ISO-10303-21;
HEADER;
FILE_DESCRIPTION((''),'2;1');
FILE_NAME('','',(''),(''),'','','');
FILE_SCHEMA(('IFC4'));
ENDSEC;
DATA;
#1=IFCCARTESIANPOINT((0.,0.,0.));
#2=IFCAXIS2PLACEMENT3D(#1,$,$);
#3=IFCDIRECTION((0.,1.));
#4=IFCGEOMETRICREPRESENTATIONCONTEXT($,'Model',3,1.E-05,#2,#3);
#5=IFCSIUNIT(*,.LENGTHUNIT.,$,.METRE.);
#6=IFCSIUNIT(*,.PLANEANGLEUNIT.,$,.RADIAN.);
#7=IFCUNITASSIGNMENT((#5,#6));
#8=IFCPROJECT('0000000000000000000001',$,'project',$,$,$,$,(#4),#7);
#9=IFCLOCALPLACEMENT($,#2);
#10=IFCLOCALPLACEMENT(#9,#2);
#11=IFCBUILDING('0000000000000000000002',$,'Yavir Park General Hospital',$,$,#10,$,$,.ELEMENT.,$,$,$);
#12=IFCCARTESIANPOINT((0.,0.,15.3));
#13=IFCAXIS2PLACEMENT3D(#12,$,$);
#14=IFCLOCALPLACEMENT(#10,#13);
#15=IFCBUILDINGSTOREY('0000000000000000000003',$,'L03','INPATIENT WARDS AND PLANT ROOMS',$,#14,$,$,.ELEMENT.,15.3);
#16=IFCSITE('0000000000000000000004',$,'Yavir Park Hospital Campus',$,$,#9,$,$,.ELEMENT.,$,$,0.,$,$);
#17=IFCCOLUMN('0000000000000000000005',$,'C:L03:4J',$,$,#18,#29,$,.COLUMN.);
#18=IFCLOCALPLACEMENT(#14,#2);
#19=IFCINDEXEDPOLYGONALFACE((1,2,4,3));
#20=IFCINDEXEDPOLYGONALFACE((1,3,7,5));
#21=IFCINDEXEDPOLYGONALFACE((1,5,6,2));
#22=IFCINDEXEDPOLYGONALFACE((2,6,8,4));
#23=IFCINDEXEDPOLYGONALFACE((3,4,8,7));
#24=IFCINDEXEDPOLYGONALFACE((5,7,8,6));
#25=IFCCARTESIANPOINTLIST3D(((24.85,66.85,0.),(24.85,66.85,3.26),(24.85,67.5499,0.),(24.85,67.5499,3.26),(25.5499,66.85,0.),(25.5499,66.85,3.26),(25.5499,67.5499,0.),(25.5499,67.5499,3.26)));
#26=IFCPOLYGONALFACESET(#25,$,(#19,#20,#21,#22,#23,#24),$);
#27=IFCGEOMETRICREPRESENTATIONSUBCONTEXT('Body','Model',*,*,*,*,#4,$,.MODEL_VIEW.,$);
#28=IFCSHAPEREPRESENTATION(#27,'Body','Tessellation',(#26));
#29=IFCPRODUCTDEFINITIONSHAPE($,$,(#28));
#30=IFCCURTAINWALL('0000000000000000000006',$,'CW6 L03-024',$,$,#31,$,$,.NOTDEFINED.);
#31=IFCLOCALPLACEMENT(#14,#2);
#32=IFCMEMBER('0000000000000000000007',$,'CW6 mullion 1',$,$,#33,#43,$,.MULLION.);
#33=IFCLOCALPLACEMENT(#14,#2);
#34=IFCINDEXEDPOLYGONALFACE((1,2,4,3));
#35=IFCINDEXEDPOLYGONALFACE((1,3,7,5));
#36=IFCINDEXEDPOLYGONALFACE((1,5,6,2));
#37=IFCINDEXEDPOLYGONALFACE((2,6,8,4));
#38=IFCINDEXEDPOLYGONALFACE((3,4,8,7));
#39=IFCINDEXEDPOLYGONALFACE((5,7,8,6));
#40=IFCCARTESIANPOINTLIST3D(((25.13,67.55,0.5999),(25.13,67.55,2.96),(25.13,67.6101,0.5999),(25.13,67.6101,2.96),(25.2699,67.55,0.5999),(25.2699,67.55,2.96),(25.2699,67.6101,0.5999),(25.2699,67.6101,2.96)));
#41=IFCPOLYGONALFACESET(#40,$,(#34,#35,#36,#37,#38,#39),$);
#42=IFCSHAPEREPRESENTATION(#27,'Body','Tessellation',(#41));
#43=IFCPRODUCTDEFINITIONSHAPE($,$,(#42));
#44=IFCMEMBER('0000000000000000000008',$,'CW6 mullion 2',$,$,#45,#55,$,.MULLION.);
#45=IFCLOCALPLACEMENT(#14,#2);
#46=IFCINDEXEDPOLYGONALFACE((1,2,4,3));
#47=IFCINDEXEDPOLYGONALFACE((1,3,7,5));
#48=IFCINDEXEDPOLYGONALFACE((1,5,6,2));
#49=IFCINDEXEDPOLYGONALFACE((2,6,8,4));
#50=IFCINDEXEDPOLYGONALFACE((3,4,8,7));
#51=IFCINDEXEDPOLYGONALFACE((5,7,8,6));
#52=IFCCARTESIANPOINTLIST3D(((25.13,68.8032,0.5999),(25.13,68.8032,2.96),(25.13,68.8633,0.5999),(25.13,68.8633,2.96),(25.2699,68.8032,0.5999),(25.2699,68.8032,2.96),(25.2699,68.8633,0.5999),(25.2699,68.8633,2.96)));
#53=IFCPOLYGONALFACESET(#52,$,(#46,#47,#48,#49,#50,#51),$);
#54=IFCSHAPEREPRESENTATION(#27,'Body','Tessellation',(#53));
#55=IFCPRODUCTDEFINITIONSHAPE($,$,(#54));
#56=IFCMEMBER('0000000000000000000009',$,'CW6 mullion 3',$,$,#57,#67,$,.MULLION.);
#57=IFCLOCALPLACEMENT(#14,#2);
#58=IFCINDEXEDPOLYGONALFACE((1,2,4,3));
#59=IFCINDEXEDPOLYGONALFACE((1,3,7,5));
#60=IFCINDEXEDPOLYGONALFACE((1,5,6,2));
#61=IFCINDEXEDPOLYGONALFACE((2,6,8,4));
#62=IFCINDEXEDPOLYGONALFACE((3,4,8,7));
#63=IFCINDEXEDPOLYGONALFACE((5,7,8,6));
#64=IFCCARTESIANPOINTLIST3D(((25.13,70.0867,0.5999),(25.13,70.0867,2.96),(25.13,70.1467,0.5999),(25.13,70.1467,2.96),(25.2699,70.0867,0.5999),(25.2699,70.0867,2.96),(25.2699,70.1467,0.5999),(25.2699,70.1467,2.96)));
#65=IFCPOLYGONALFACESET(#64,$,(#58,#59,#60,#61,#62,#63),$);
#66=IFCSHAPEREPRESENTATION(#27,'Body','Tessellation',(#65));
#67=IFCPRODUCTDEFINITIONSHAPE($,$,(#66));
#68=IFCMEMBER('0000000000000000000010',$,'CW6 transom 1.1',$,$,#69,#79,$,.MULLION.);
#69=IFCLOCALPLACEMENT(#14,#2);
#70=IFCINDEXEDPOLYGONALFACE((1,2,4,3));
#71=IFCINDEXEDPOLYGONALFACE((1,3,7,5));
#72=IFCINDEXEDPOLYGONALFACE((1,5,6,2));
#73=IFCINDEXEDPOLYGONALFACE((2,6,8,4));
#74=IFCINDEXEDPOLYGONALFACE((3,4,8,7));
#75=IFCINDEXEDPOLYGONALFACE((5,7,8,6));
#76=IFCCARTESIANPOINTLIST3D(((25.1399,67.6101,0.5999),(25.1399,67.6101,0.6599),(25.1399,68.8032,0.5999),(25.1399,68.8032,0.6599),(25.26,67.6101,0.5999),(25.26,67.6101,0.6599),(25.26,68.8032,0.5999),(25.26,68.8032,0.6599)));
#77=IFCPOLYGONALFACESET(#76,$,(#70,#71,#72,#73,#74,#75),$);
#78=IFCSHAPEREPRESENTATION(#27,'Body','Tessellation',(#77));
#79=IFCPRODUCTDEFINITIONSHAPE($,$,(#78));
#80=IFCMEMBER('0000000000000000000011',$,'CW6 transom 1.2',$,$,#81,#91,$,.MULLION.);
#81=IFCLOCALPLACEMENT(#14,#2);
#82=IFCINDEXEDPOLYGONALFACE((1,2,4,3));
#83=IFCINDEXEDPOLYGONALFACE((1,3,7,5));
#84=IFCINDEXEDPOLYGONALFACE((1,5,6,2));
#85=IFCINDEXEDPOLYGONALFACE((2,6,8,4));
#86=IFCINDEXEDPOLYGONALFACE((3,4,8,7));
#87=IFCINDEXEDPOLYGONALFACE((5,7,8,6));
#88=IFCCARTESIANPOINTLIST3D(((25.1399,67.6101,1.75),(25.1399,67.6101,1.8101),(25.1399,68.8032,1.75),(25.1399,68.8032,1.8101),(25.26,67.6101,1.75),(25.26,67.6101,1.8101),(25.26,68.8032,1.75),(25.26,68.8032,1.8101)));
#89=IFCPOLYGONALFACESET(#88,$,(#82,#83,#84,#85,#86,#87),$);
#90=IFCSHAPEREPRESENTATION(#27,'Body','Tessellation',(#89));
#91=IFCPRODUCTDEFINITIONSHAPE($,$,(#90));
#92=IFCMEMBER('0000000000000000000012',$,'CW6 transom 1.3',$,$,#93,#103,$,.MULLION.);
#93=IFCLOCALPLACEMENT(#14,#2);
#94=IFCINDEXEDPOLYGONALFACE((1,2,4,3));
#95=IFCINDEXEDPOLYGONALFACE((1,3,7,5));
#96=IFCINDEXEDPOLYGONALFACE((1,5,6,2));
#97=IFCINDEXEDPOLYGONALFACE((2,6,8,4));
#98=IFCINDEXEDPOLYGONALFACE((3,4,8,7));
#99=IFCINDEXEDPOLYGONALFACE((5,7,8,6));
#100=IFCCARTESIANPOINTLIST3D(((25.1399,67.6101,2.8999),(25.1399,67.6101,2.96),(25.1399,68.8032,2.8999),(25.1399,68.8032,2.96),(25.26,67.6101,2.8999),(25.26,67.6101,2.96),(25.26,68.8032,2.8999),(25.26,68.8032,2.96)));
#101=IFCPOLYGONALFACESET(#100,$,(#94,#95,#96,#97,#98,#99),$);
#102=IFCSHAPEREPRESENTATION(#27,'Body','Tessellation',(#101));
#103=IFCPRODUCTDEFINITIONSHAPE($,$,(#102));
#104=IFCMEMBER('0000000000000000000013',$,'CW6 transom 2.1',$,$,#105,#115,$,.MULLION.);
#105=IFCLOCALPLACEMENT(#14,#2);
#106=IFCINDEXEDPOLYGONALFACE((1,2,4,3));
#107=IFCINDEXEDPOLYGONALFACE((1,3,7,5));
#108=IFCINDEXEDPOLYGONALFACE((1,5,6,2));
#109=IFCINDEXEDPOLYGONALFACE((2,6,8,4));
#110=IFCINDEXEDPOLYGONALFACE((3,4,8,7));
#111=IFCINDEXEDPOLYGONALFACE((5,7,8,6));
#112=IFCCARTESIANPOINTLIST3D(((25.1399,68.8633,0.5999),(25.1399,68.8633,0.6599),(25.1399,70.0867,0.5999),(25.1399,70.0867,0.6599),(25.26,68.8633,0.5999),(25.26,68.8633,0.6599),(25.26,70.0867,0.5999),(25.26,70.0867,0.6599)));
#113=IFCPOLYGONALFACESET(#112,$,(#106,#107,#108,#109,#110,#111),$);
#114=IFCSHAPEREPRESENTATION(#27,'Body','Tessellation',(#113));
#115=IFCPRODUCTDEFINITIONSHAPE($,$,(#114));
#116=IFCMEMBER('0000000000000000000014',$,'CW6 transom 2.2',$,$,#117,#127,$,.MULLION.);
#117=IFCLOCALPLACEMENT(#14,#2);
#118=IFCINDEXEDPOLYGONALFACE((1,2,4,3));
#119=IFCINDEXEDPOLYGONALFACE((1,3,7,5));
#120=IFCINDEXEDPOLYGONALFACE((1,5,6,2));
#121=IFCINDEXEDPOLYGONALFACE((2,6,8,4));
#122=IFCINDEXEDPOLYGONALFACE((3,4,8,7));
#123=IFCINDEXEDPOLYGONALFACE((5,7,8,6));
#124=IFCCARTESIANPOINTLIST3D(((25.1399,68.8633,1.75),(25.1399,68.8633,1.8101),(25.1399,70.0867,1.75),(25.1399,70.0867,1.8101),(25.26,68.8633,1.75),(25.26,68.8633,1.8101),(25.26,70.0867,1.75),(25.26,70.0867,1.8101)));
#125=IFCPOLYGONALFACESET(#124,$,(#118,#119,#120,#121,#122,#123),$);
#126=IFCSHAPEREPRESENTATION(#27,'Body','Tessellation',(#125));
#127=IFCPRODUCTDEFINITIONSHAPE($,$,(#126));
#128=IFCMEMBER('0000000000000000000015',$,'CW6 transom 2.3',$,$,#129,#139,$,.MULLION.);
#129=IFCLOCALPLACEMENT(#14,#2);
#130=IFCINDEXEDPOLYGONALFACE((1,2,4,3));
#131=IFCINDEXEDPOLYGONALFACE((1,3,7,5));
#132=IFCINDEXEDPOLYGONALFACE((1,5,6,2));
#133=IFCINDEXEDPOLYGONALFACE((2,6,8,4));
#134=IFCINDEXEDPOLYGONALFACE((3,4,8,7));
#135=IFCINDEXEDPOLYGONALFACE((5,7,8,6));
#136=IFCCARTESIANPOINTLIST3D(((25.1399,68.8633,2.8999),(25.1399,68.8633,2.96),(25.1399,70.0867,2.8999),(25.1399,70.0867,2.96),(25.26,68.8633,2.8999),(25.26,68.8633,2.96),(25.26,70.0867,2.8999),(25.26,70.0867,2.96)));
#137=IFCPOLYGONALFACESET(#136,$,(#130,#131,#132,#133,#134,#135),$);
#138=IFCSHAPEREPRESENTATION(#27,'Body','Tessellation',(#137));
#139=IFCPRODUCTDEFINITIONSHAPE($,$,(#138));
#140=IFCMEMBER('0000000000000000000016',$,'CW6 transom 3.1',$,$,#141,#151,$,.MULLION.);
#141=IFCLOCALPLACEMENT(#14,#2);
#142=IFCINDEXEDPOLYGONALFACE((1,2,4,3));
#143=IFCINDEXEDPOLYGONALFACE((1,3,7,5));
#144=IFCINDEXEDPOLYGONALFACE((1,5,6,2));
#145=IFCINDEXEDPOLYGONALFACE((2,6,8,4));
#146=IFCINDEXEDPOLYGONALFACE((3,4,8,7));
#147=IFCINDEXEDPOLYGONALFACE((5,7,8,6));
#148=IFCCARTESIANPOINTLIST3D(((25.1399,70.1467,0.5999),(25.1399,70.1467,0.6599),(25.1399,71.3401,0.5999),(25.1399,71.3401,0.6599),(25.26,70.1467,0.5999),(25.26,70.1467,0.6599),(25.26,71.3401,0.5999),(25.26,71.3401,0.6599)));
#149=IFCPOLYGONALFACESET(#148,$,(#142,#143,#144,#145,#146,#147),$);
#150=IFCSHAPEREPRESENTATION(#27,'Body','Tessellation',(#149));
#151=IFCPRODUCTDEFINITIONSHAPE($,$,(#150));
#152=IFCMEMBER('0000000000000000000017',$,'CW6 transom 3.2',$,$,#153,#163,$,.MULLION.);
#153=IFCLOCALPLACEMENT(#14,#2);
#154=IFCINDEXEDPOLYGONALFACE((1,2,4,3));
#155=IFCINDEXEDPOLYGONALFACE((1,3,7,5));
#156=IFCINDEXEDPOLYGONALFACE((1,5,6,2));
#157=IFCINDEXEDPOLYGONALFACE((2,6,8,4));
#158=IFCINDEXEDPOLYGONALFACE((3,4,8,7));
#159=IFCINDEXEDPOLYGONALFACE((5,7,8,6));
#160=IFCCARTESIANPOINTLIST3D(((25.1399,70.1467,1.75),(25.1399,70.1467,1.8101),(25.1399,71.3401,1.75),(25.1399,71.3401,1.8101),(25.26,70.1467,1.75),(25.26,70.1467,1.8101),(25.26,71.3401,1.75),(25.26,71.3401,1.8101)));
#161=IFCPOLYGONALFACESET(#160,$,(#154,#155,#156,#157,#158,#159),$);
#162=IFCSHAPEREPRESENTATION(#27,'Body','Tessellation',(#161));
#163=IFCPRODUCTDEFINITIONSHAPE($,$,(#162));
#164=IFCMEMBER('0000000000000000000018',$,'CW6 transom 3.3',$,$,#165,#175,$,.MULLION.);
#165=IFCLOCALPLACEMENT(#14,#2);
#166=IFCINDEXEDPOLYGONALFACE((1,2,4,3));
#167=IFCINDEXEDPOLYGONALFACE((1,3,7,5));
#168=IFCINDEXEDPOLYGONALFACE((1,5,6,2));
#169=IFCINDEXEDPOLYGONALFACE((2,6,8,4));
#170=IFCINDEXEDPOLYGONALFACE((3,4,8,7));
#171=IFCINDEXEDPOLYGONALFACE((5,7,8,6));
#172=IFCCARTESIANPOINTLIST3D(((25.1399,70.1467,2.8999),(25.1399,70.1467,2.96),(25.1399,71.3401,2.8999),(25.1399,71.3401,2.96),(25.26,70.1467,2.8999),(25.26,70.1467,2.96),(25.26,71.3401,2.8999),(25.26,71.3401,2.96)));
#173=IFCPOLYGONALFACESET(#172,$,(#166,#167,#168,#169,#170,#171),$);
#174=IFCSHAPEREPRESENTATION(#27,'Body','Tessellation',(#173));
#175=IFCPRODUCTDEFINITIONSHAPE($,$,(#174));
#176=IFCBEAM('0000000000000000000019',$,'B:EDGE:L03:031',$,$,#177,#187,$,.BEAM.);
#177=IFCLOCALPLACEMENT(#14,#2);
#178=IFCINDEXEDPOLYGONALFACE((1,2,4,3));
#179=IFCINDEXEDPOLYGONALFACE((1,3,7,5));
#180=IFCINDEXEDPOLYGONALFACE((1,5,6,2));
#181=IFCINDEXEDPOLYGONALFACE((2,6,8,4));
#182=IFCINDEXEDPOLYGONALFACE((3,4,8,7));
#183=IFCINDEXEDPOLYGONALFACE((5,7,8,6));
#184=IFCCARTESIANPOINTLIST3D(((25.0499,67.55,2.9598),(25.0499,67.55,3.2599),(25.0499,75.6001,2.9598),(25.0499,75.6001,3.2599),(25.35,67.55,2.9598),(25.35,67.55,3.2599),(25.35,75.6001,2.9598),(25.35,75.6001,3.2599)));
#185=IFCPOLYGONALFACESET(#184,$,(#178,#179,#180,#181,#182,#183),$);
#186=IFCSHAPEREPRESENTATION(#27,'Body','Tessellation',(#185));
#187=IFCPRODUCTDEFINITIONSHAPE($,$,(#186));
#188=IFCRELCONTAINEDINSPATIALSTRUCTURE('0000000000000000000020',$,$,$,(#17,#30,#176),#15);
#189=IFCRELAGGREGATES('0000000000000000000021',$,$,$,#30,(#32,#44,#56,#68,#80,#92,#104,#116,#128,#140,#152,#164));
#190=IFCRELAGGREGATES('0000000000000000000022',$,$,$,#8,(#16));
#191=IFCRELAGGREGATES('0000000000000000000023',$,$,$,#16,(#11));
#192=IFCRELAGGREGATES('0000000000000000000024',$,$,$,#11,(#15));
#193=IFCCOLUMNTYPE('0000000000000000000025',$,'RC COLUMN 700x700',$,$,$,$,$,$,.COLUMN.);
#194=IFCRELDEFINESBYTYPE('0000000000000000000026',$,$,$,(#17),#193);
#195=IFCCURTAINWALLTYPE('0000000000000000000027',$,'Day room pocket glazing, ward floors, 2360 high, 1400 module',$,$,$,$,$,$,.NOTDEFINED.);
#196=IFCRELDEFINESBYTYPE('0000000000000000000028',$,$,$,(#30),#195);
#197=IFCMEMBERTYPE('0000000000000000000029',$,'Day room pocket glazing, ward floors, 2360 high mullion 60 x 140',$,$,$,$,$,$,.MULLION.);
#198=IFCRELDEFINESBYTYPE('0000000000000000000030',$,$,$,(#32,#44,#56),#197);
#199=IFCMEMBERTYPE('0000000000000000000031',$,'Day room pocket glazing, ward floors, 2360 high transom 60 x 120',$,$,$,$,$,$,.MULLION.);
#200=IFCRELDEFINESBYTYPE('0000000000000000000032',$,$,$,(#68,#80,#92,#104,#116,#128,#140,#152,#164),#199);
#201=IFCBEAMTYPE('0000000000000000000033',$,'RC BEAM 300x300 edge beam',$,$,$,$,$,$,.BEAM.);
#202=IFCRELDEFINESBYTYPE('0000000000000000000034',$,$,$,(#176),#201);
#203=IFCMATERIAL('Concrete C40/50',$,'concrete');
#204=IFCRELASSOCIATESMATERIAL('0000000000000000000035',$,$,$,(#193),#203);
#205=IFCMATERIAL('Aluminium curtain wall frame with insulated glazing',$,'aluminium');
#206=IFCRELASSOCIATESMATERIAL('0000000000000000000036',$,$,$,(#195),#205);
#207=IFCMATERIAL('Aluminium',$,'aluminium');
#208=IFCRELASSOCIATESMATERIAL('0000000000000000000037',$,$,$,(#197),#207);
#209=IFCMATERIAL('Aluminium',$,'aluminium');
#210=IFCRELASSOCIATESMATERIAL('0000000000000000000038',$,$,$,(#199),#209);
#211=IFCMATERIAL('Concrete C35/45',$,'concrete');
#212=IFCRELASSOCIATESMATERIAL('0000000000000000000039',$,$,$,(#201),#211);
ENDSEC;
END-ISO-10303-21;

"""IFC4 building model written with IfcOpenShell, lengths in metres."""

from ifc_helpers import new_model, si_unit, direction, frame, origin, origin_2d, place, context, subcontext, project, spatial, rectangle, extrude, material, material_profile, profile_set, type_object, element, aggregate, save


model = new_model("IFC4")

# Units and contexts
model_context = context("Model", 3, precision=1e-05, world=origin(), true_north=direction((0.0, 1.0)))
body_context = subcontext(model_context, "Body", "Model", "MODEL_VIEW")
ifc_project = project(units=[si_unit("LENGTHUNIT", "METRE"), si_unit("PLANEANGLEUNIT", "RADIAN")], contexts=[model_context])

# Site, building, storey
site_placement = place(None, origin())
site = spatial("IfcSite", under=ifc_project, at=site_placement, Name="Yavir Park Hospital Campus", CompositionType="ELEMENT", RefElevation=0.0)
building_placement = place(site_placement, origin())
building = spatial("IfcBuilding", under=site, at=building_placement, Name="Yavir Park General Hospital", CompositionType="ELEMENT")
storey_placement = place(building_placement, frame((0.0, 0.0, 15.3)))
storey = spatial("IfcBuildingStorey", under=building, at=storey_placement, Name="L03", Description="INPATIENT WARDS AND PLANT ROOMS", CompositionType="ELEMENT", Elevation=15.3)

# Column
ifc_material_1 = material(Name="Concrete C40/50", Category="concrete")
ifc_material_profile_1 = material_profile(ifc_material_1, rectangle(XDim=0.7, YDim=0.7, at=origin_2d()), Name="RC700x700")
ifc_profile_set_1 = profile_set([ifc_material_profile_1], Name="Concrete C40/50")
column_type = type_object("IfcColumnType", Name="RC COLUMN 700x700", PredefinedType="COLUMN", material=ifc_profile_set_1)
column_placement = place(storey_placement, frame((25.2, 67.2, 0.0), z_axis=(0.0, 0.0, 1.0), x_axis=(1.0, 0.0, 0.0)))
element("IfcColumn", 1, at=column_placement, inside=storey, type_object=column_type, Name="C:L03:4J", PredefinedType="COLUMN", context=body_context, shape_type="SweptSolid", body=[
    extrude(rectangle(XDim=0.7, YDim=0.7, at=origin_2d()), origin(), (0.0, 0.0, 1.0), 3.26),
])

# Curtain wall, members
ifc_material_2 = material(Name="Aluminium curtain wall frame with insulated glazing", Category="aluminium")
curtain_wall_type = type_object("IfcCurtainWallType", Name="Day room pocket glazing, ward floors, 2360 high, 1400 module", PredefinedType="NOTDEFINED", material=ifc_material_2)
curtain_wall_placement = place(storey_placement, origin())
curtain_wall = element("IfcCurtainWall", 2, at=curtain_wall_placement, inside=storey, type_object=curtain_wall_type, Name="CW6 L03-024", PredefinedType="NOTDEFINED")
ifc_material_3 = material(Name="Aluminium", Category="aluminium")
ifc_material_profile_2 = material_profile(ifc_material_3, rectangle(XDim=0.1399, YDim=0.0601, at=origin_2d()), Name="AL 60x140")
ifc_profile_set_2 = profile_set([ifc_material_profile_2], Name="Aluminium")
member_type_1 = type_object("IfcMemberType", Name="Day room pocket glazing, ward floors, 2360 high mullion 60 x 140", PredefinedType="MULLION", material=ifc_profile_set_2)
member_1_placement = place(storey_placement, frame((25.2, 67.5801, 0.5999), z_axis=(0.0, 0.0, 1.0), x_axis=(-1.0, 0.0, 0.0)))
member_1 = element("IfcMember", 3, at=member_1_placement, type_object=member_type_1, Name="CW6 mullion 1", PredefinedType="MULLION", context=body_context, shape_type="SweptSolid", body=[
    extrude(rectangle(XDim=0.1399, YDim=0.0601, at=origin_2d()), origin(), (0.0, 0.0, 1.0), 2.3601),
])
member_2_placement = place(storey_placement, frame((25.2, 68.8333, 0.5999), z_axis=(0.0, 0.0, 1.0), x_axis=(-1.0, 0.0, 0.0)))
member_2 = element("IfcMember", 4, at=member_2_placement, type_object=member_type_1, Name="CW6 mullion 2", PredefinedType="MULLION", context=body_context, shape_type="SweptSolid", body=[
    extrude(rectangle(XDim=0.1399, YDim=0.0601, at=origin_2d()), origin(), (0.0, 0.0, 1.0), 2.3601),
])
member_3_placement = place(storey_placement, frame((25.2, 70.1167, 0.5999), z_axis=(0.0, 0.0, 1.0), x_axis=(-1.0, 0.0, 0.0)))
member_3 = element("IfcMember", 5, at=member_3_placement, type_object=member_type_1, Name="CW6 mullion 3", PredefinedType="MULLION", context=body_context, shape_type="SweptSolid", body=[
    extrude(rectangle(XDim=0.1399, YDim=0.0601, at=origin_2d()), origin(), (0.0, 0.0, 1.0), 2.3601),
])
ifc_material_4 = material(Name="Aluminium", Category="aluminium")
ifc_material_profile_3 = material_profile(ifc_material_4, rectangle(XDim=0.1201, YDim=0.0601, at=origin_2d()), Name="AL 120x60")
ifc_profile_set_3 = profile_set([ifc_material_profile_3], Name="Aluminium")
member_type_2 = type_object("IfcMemberType", Name="Day room pocket glazing, ward floors, 2360 high transom 60 x 120", PredefinedType="MULLION", material=ifc_profile_set_3)
member_4_placement = place(storey_placement, frame((25.2, 67.6101, 0.6299), z_axis=(0.0, 1.0, 0.0), x_axis=(-1.0, 0.0, 0.0)))
member_4 = element("IfcMember", 6, at=member_4_placement, type_object=member_type_2, Name="CW6 transom 1.1", PredefinedType="MULLION", context=body_context, shape_type="SweptSolid", body=[
    extrude(rectangle(XDim=0.1201, YDim=0.0601, at=origin_2d()), origin(), (0.0, 0.0, 1.0), 1.1931),
])
member_5_placement = place(storey_placement, frame((25.2, 67.6101, 1.78), z_axis=(0.0, 1.0, 0.0), x_axis=(-1.0, 0.0, 0.0)))
member_5 = element("IfcMember", 7, at=member_5_placement, type_object=member_type_2, Name="CW6 transom 1.2", PredefinedType="MULLION", context=body_context, shape_type="SweptSolid", body=[
    extrude(rectangle(XDim=0.1201, YDim=0.0601, at=origin_2d()), origin(), (0.0, 0.0, 1.0), 1.1931),
])
member_6_placement = place(storey_placement, frame((25.2, 67.6101, 2.9299), z_axis=(0.0, 1.0, 0.0), x_axis=(-1.0, 0.0, 0.0)))
member_6 = element("IfcMember", 8, at=member_6_placement, type_object=member_type_2, Name="CW6 transom 1.3", PredefinedType="MULLION", context=body_context, shape_type="SweptSolid", body=[
    extrude(rectangle(XDim=0.1201, YDim=0.0601, at=origin_2d()), origin(), (0.0, 0.0, 1.0), 1.1931),
])
member_7_placement = place(storey_placement, frame((25.2, 68.8633, 0.6299), z_axis=(0.0, 1.0, 0.0), x_axis=(-1.0, 0.0, 0.0)))
member_7 = element("IfcMember", 9, at=member_7_placement, type_object=member_type_2, Name="CW6 transom 2.1", PredefinedType="MULLION", context=body_context, shape_type="SweptSolid", body=[
    extrude(rectangle(XDim=0.1201, YDim=0.0601, at=origin_2d()), origin(), (0.0, 0.0, 1.0), 1.2234),
])
member_8_placement = place(storey_placement, frame((25.2, 68.8633, 1.78), z_axis=(0.0, 1.0, 0.0), x_axis=(-1.0, 0.0, 0.0)))
member_8 = element("IfcMember", 10, at=member_8_placement, type_object=member_type_2, Name="CW6 transom 2.2", PredefinedType="MULLION", context=body_context, shape_type="SweptSolid", body=[
    extrude(rectangle(XDim=0.1201, YDim=0.0601, at=origin_2d()), origin(), (0.0, 0.0, 1.0), 1.2234),
])
member_9_placement = place(storey_placement, frame((25.2, 68.8633, 2.9299), z_axis=(0.0, 1.0, 0.0), x_axis=(-1.0, 0.0, 0.0)))
member_9 = element("IfcMember", 11, at=member_9_placement, type_object=member_type_2, Name="CW6 transom 2.3", PredefinedType="MULLION", context=body_context, shape_type="SweptSolid", body=[
    extrude(rectangle(XDim=0.1201, YDim=0.0601, at=origin_2d()), origin(), (0.0, 0.0, 1.0), 1.2234),
])
member_10_placement = place(storey_placement, frame((25.2, 70.1467, 0.6299), z_axis=(0.0, 1.0, 0.0), x_axis=(-1.0, 0.0, 0.0)))
member_10 = element("IfcMember", 12, at=member_10_placement, type_object=member_type_2, Name="CW6 transom 3.1", PredefinedType="MULLION", context=body_context, shape_type="SweptSolid", body=[
    extrude(rectangle(XDim=0.1201, YDim=0.0601, at=origin_2d()), origin(), (0.0, 0.0, 1.0), 1.1934),
])
member_11_placement = place(storey_placement, frame((25.2, 70.1467, 1.78), z_axis=(0.0, 1.0, 0.0), x_axis=(-1.0, 0.0, 0.0)))
member_11 = element("IfcMember", 13, at=member_11_placement, type_object=member_type_2, Name="CW6 transom 3.2", PredefinedType="MULLION", context=body_context, shape_type="SweptSolid", body=[
    extrude(rectangle(XDim=0.1201, YDim=0.0601, at=origin_2d()), origin(), (0.0, 0.0, 1.0), 1.1934),
])
member_12_placement = place(storey_placement, frame((25.2, 70.1467, 2.9299), z_axis=(0.0, 1.0, 0.0), x_axis=(-1.0, 0.0, 0.0)))
member_12 = element("IfcMember", 14, at=member_12_placement, type_object=member_type_2, Name="CW6 transom 3.3", PredefinedType="MULLION", context=body_context, shape_type="SweptSolid", body=[
    extrude(rectangle(XDim=0.1201, YDim=0.0601, at=origin_2d()), origin(), (0.0, 0.0, 1.0), 1.1934),
])

# Beam
ifc_material_5 = material(Name="Concrete C35/45", Category="concrete")
ifc_material_profile_4 = material_profile(ifc_material_5, rectangle(XDim=0.3, YDim=0.3, at=origin_2d()), Name="RC300x300")
ifc_profile_set_4 = profile_set([ifc_material_profile_4], Name="Concrete C35/45")
beam_type = type_object("IfcBeamType", Name="RC BEAM 300x300 edge beam", PredefinedType="BEAM", material=ifc_profile_set_4)
beam_placement = place(storey_placement, frame((25.2, 67.55, 3.1099), z_axis=(0.0, 1.0, 0.0), x_axis=(-1.0, 0.0, 0.0)))
element("IfcBeam", 15, at=beam_placement, inside=storey, type_object=beam_type, Name="B:EDGE:L03:031", PredefinedType="BEAM", context=body_context, shape_type="SweptSolid", body=[
    extrude(rectangle(XDim=0.3, YDim=0.3, at=origin_2d()), origin(), (0.0, 0.0, 1.0), 8.05),
])

aggregate(curtain_wall, [member_1, member_2, member_3, member_4, member_5, member_6, member_7, member_8, member_9, member_10, member_11, member_12])

save(model, "model.ifc")
